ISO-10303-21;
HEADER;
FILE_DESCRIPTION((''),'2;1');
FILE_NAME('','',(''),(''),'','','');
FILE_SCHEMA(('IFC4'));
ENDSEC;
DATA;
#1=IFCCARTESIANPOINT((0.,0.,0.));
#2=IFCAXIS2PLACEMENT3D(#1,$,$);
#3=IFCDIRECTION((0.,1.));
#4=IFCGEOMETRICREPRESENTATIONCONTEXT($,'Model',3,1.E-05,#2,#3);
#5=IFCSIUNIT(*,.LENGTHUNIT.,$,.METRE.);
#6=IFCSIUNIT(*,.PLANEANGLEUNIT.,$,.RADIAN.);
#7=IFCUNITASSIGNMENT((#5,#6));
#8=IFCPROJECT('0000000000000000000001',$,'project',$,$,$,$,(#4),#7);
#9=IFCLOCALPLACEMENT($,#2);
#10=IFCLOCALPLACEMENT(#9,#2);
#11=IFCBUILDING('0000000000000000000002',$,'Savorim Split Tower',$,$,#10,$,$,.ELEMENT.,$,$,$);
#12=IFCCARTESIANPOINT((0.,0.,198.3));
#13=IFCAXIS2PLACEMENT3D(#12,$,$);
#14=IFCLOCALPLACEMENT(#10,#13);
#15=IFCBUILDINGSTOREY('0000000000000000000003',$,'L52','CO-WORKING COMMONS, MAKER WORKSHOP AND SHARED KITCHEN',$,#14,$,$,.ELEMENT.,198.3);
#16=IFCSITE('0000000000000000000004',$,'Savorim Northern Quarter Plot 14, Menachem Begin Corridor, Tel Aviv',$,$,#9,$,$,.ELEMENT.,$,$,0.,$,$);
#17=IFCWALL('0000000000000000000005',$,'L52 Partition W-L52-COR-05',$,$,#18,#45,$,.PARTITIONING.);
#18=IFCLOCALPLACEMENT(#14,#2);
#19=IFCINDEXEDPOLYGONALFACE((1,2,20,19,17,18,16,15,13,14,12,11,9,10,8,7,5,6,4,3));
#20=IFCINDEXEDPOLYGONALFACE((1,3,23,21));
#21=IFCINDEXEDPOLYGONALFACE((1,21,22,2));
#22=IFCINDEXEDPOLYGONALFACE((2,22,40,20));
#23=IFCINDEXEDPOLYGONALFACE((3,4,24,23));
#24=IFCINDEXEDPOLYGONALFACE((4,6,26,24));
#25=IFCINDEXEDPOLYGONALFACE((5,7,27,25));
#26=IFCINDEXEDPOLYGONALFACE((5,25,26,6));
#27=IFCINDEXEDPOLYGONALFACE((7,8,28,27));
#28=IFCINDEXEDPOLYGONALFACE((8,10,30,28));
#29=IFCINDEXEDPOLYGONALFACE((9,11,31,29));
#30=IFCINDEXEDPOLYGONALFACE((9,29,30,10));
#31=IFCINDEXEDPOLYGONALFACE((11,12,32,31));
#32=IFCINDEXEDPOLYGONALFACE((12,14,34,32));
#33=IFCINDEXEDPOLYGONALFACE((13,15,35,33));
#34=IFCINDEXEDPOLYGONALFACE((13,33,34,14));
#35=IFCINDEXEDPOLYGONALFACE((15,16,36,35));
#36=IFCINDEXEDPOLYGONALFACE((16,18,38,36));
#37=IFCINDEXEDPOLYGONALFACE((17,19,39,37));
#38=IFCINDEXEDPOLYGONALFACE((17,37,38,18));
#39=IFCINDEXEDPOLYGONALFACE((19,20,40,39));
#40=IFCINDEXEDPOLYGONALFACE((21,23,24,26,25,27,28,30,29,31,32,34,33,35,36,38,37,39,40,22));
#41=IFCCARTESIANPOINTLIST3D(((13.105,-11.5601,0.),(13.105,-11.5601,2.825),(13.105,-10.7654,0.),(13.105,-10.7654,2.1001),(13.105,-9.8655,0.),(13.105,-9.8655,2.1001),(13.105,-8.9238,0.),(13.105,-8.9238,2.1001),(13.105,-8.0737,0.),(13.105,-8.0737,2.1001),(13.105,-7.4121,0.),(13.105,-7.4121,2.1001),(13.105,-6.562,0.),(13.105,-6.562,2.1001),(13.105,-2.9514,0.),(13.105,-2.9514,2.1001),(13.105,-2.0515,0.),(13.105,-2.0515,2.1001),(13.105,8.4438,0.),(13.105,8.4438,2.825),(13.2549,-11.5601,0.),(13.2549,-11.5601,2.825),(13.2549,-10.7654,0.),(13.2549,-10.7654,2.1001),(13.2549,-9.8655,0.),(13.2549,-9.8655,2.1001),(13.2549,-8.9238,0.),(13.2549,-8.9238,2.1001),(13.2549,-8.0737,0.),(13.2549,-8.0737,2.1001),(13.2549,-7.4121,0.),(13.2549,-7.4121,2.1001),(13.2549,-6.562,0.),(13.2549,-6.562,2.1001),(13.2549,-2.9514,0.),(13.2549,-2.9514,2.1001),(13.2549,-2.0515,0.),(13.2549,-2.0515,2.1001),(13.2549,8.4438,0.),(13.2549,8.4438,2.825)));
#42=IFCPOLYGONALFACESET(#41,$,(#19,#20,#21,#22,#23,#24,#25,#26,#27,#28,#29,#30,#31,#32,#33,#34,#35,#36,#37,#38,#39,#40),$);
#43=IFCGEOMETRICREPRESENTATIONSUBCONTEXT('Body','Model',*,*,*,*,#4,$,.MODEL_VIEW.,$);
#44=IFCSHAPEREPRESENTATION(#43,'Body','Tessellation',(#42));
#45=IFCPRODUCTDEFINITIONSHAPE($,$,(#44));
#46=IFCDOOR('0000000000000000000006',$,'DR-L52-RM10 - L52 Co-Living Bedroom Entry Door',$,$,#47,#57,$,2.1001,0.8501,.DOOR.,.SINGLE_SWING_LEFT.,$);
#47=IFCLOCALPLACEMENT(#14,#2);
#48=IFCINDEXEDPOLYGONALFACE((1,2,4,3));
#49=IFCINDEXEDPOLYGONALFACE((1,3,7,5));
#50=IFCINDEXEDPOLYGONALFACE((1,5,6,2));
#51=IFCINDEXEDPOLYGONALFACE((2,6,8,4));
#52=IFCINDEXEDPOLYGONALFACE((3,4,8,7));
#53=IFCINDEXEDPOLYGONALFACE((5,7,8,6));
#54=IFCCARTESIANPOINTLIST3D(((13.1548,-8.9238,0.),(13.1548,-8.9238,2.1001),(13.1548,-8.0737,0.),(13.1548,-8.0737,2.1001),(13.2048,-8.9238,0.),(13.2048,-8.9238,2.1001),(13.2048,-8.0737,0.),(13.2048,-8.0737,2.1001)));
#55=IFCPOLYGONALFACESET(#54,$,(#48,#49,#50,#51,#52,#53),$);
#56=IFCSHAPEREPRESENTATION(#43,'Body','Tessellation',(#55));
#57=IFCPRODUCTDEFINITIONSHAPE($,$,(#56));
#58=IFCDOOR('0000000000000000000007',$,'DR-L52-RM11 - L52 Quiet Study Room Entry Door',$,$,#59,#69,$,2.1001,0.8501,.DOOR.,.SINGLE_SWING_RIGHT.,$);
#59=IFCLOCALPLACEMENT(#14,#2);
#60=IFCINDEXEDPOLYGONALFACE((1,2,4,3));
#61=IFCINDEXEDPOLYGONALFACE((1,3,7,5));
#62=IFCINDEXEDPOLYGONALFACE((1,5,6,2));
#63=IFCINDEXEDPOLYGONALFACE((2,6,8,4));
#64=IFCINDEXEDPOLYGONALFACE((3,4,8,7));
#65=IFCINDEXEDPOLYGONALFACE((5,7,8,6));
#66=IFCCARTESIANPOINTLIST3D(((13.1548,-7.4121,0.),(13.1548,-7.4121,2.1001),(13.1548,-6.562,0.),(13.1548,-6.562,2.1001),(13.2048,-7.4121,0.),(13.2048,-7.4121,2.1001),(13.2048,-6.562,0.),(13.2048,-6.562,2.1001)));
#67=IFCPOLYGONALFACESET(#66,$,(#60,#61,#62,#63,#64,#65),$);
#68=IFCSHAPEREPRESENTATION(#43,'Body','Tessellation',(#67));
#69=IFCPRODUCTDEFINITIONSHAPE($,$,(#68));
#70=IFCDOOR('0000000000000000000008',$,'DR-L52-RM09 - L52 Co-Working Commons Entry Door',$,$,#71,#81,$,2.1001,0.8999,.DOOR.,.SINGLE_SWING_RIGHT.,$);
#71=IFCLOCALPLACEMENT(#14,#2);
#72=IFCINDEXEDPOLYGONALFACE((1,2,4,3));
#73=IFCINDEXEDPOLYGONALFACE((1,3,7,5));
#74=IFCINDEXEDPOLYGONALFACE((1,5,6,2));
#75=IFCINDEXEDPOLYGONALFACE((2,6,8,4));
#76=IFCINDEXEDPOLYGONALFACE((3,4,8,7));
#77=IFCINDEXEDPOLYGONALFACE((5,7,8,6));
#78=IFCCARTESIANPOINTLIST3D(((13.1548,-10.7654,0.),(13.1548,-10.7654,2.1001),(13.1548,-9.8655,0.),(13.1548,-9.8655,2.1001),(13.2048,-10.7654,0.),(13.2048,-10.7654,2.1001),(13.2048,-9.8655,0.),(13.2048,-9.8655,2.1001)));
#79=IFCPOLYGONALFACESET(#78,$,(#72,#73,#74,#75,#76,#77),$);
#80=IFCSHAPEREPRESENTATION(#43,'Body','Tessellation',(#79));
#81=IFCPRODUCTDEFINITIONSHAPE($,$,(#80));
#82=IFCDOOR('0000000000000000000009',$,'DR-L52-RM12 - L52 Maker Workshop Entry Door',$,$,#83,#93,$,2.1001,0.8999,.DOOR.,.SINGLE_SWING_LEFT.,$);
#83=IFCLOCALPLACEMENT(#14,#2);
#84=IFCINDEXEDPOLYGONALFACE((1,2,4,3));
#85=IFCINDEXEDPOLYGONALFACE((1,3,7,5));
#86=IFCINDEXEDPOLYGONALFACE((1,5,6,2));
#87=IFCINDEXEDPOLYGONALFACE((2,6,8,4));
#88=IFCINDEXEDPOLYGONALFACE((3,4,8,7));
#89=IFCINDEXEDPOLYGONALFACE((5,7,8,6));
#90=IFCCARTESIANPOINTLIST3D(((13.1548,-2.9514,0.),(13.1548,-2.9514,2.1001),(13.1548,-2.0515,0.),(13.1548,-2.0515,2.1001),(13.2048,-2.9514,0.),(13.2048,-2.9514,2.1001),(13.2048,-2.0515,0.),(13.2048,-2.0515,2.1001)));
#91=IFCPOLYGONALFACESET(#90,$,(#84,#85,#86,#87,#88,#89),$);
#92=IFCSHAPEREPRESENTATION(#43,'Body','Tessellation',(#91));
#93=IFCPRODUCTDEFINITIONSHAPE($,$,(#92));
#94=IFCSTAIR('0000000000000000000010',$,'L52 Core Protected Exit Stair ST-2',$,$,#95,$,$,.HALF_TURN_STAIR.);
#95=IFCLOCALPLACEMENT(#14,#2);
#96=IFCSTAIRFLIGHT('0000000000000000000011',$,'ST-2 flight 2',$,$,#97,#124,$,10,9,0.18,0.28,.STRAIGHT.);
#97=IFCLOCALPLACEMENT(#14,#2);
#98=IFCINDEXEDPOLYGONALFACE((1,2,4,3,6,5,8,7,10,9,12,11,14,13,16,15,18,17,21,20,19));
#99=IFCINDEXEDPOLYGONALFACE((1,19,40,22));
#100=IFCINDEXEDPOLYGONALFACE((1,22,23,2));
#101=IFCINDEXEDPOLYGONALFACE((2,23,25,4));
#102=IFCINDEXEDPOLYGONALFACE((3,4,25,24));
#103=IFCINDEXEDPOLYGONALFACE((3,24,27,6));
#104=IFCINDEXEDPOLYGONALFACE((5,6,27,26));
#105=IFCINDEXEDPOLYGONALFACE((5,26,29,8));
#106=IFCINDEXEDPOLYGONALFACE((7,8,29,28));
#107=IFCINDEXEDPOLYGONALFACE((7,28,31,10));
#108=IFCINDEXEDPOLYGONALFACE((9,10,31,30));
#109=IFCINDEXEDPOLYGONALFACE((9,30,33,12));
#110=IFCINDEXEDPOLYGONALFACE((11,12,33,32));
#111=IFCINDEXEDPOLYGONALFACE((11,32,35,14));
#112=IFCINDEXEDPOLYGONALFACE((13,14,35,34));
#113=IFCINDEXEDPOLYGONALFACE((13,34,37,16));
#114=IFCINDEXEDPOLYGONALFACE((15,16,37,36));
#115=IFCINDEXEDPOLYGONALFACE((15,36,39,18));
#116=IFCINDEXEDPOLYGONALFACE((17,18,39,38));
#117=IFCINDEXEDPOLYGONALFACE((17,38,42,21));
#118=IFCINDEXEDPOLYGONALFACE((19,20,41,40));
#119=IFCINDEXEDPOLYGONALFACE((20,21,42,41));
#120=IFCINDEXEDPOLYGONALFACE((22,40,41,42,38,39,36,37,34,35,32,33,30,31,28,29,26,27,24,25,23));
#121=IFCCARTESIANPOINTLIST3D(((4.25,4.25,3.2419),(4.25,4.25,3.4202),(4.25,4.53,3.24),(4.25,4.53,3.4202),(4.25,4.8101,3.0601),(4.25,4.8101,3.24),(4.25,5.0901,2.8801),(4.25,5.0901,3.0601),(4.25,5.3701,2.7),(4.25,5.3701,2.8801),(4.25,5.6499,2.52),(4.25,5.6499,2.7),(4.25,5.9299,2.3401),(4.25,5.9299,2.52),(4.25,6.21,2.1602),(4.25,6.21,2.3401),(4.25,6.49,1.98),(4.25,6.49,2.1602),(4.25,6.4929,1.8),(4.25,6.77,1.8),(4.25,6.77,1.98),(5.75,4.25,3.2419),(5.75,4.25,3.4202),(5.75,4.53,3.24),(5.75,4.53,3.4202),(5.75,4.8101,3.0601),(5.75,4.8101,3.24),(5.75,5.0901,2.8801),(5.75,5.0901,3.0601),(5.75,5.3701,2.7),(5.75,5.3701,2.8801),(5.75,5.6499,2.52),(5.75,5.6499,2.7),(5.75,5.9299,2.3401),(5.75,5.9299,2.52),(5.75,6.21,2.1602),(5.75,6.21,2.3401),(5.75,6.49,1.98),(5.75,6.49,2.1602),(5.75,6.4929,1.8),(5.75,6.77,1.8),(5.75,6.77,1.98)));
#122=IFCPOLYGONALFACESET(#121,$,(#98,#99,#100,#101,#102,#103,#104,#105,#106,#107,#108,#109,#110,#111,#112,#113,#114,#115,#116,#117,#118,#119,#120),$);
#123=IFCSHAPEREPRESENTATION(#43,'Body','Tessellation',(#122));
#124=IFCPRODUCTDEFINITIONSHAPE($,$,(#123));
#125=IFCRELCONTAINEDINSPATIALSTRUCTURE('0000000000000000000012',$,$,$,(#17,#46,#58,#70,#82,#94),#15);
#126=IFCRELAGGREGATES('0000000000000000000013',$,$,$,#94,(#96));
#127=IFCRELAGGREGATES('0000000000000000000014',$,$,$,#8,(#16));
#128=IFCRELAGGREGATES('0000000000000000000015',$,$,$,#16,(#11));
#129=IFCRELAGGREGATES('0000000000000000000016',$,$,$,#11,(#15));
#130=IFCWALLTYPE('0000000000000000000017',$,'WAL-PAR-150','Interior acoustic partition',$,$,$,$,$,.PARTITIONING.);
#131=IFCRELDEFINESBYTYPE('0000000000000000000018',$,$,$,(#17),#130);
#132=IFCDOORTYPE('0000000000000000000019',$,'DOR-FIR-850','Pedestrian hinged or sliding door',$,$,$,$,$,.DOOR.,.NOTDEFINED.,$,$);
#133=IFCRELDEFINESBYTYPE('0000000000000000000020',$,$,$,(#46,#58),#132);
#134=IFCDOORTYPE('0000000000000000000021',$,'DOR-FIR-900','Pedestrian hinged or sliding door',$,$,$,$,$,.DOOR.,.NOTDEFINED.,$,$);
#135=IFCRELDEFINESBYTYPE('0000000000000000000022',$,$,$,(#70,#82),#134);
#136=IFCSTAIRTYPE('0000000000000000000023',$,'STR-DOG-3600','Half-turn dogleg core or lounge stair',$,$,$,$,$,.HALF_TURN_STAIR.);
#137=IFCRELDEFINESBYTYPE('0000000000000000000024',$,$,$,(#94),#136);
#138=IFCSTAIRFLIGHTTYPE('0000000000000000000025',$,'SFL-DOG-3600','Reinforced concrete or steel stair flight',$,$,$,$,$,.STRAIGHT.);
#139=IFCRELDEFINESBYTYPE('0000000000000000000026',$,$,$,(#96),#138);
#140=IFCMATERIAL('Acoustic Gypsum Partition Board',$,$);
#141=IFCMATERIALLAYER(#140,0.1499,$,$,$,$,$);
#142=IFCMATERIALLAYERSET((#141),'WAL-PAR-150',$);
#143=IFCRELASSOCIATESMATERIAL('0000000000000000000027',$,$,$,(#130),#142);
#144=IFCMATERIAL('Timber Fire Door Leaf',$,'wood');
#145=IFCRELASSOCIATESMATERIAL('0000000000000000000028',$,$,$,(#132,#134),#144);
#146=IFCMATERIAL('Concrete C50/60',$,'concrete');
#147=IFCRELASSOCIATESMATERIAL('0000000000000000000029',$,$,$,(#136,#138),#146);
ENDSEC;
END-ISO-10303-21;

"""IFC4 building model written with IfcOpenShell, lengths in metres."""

from ifc_helpers import new_model, si_unit, direction, frame, frame_2d, origin, place, context, subcontext, project, spatial, polyline, rectangle, outline, extrude, material, layer, layer_set, type_object, element, fill, aggregate, save


model = new_model("IFC4")

# Units and contexts
model_context = context("Model", 3, precision=1e-05, world=origin(), true_north=direction((0.0, 1.0)))
body_context = subcontext(model_context, "Body", "Model", "MODEL_VIEW")
ifc_project = project(units=[si_unit("LENGTHUNIT", "METRE"), si_unit("PLANEANGLEUNIT", "RADIAN")], contexts=[model_context])

# Site, building, storey
site_placement = place(None, origin())
site = spatial("IfcSite", under=ifc_project, at=site_placement, Name="Savorim Northern Quarter Plot 14, Menachem Begin Corridor, Tel Aviv", CompositionType="ELEMENT", RefElevation=0.0)
building_placement = place(site_placement, origin())
building = spatial("IfcBuilding", under=site, at=building_placement, Name="Savorim Split Tower", CompositionType="ELEMENT")
storey_placement = place(building_placement, frame((0.0, 0.0, 198.3)))
storey = spatial("IfcBuildingStorey", under=building, at=storey_placement, Name="L52", Description="CO-WORKING COMMONS, MAKER WORKSHOP AND SHARED KITCHEN", CompositionType="ELEMENT", Elevation=198.3)

# Shared definitions
ifc_material_1 = material(Name="Timber Fire Door Leaf", Category="wood")

# Shared definitions
ifc_material_2 = material(Name="Acoustic Gypsum Partition Board")
ifc_layer_1 = layer(ifc_material_2, 0.1499)
ifc_layer_set_1 = layer_set([ifc_layer_1], Name="WAL-PAR-150")
wall_type_1 = type_object("IfcWallType", Name="WAL-PAR-150", Description="Interior acoustic partition", PredefinedType="PARTITIONING", material=ifc_layer_set_1)

# Wall, openings, doors
wall_1_placement = place(storey_placement, frame((13.1799, 8.4438, 0.0), z_axis=(0.0, 0.0, 1.0), x_axis=(0.0, -1.0, 0.0)))
wall_1 = element("IfcWall", 1, at=wall_1_placement, inside=storey, type_object=wall_type_1, Name="L52 Partition W-L52-COR-05", PredefinedType="PARTITIONING", context=body_context, shape_type="SweptSolid", body=[
    extrude(rectangle(XDim=20.0039, YDim=0.1499, at=frame_2d((10.002, 0.0))), origin(), (0.0, 0.0, 1.0), 2.825),
])
opening_1_placement = place(wall_1_placement, frame((18.3093, 0.0, 0.0)))
opening_1 = element("IfcOpeningElement", 2, at=opening_1_placement, cuts=wall_1, PredefinedType="OPENING", context=body_context, shape_type="SweptSolid", body=[
    extrude(rectangle(XDim=0.8999, YDim=2.1001, at=frame_2d((0.45, 1.05))), frame((0.0, 0.085, 0.0), z_axis=(0.0, -1.0, 0.0), x_axis=(1.0, 0.0, 0.0)), (0.0, 0.0, 1.0), 0.1699),
])
opening_2_placement = place(wall_1_placement, frame((16.5176, 0.0, 0.0)))
opening_2 = element("IfcOpeningElement", 3, at=opening_2_placement, cuts=wall_1, PredefinedType="OPENING", context=body_context, shape_type="SweptSolid", body=[
    extrude(rectangle(XDim=0.8501, YDim=2.1001, at=frame_2d((0.425, 1.05))), frame((0.0, 0.085, 0.0), z_axis=(0.0, -1.0, 0.0), x_axis=(1.0, 0.0, 0.0)), (0.0, 0.0, 1.0), 0.1699),
])
opening_3_placement = place(wall_1_placement, frame((15.0059, 0.0, 0.0)))
opening_3 = element("IfcOpeningElement", 4, at=opening_3_placement, cuts=wall_1, PredefinedType="OPENING", context=body_context, shape_type="SweptSolid", body=[
    extrude(rectangle(XDim=0.8501, YDim=2.1001, at=frame_2d((0.425, 1.05))), frame((0.0, 0.085, 0.0), z_axis=(0.0, -1.0, 0.0), x_axis=(1.0, 0.0, 0.0)), (0.0, 0.0, 1.0), 0.1699),
])
opening_4_placement = place(wall_1_placement, frame((10.4954, 0.0, 0.0)))
opening_4 = element("IfcOpeningElement", 5, at=opening_4_placement, cuts=wall_1, PredefinedType="OPENING", context=body_context, shape_type="SweptSolid", body=[
    extrude(rectangle(XDim=0.8999, YDim=2.1001, at=frame_2d((0.45, 1.05))), frame((0.0, 0.085, 0.0), z_axis=(0.0, -1.0, 0.0), x_axis=(1.0, 0.0, 0.0)), (0.0, 0.0, 1.0), 0.1699),
])
door_type_1 = type_object("IfcDoorType", Name="DOR-FIR-850", Description="Pedestrian hinged or sliding door", OperationType="NOTDEFINED", PredefinedType="DOOR", material=ifc_material_1)
door_1_placement = place(opening_2_placement, origin())
door_1 = element("IfcDoor", 6, at=door_1_placement, inside=storey, type_object=door_type_1, Name="DR-L52-RM10 - L52 Co-Living Bedroom Entry Door", OperationType="SINGLE_SWING_LEFT", OverallHeight=2.1001, OverallWidth=0.8501, PredefinedType="DOOR", context=body_context, shape_type="SweptSolid", body=[
    extrude(rectangle(XDim=0.8501, YDim=2.1001, at=frame_2d((0.425, 1.05))), frame((0.0, 0.0249, 0.0), z_axis=(0.0, -1.0, 0.0), x_axis=(1.0, 0.0, 0.0)), (0.0, 0.0, 1.0), 0.05),
])
fill(opening_2, door_1)
door_2_placement = place(opening_3_placement, origin())
door_2 = element("IfcDoor", 7, at=door_2_placement, inside=storey, type_object=door_type_1, Name="DR-L52-RM11 - L52 Quiet Study Room Entry Door", OperationType="SINGLE_SWING_RIGHT", OverallHeight=2.1001, OverallWidth=0.8501, PredefinedType="DOOR", context=body_context, shape_type="SweptSolid", body=[
    extrude(rectangle(XDim=0.8501, YDim=2.1001, at=frame_2d((0.425, 1.05))), frame((0.0, 0.0249, 0.0), z_axis=(0.0, -1.0, 0.0), x_axis=(1.0, 0.0, 0.0)), (0.0, 0.0, 1.0), 0.05),
])
fill(opening_3, door_2)
door_type_2 = type_object("IfcDoorType", Name="DOR-FIR-900", Description="Pedestrian hinged or sliding door", OperationType="NOTDEFINED", PredefinedType="DOOR", material=ifc_material_1)
door_3_placement = place(opening_1_placement, origin())
door_3 = element("IfcDoor", 8, at=door_3_placement, inside=storey, type_object=door_type_2, Name="DR-L52-RM09 - L52 Co-Working Commons Entry Door", OperationType="SINGLE_SWING_RIGHT", OverallHeight=2.1001, OverallWidth=0.8999, PredefinedType="DOOR", context=body_context, shape_type="SweptSolid", body=[
    extrude(rectangle(XDim=0.8999, YDim=2.1001, at=frame_2d((0.45, 1.05))), frame((0.0, 0.0249, 0.0), z_axis=(0.0, -1.0, 0.0), x_axis=(1.0, 0.0, 0.0)), (0.0, 0.0, 1.0), 0.05),
])
fill(opening_1, door_3)
door_4_placement = place(opening_4_placement, origin())
door_4 = element("IfcDoor", 9, at=door_4_placement, inside=storey, type_object=door_type_2, Name="DR-L52-RM12 - L52 Maker Workshop Entry Door", OperationType="SINGLE_SWING_LEFT", OverallHeight=2.1001, OverallWidth=0.8999, PredefinedType="DOOR", context=body_context, shape_type="SweptSolid", body=[
    extrude(rectangle(XDim=0.8999, YDim=2.1001, at=frame_2d((0.45, 1.05))), frame((0.0, 0.0249, 0.0), z_axis=(0.0, -1.0, 0.0), x_axis=(1.0, 0.0, 0.0)), (0.0, 0.0, 1.0), 0.05),
])
fill(opening_4, door_4)

# Stair, stair flight
ifc_material_3 = material(Name="Concrete C50/60", Category="concrete")
stair_type = type_object("IfcStairType", Name="STR-DOG-3600", Description="Half-turn dogleg core or lounge stair", PredefinedType="HALF_TURN_STAIR", material=ifc_material_3)
stair_placement = place(storey_placement, origin())
stair = element("IfcStair", 10, at=stair_placement, inside=storey, type_object=stair_type, Name="L52 Core Protected Exit Stair ST-2", PredefinedType="HALF_TURN_STAIR")
stair_flight_type = type_object("IfcStairFlightType", Name="SFL-DOG-3600", Description="Reinforced concrete or steel stair flight", PredefinedType="STRAIGHT", material=ifc_material_3)
stair_flight_placement = place(storey_placement, frame((5.0, 6.77, 1.8), z_axis=(0.0, 0.0, 1.0), x_axis=(0.0, -1.0, 0.0)))
stair_flight = element("IfcStairFlight", 11, at=stair_flight_placement, type_object=stair_flight_type, Name="ST-2 flight 2", NumberOfRisers=10, NumberOfTreads=9, PredefinedType="STRAIGHT", RiserHeight=0.18, TreadLength=0.28, context=body_context, shape_type="SweptSolid", body=[
    extrude(outline(polyline([(0.0, 0.0), (0.0, 0.1799), (0.28, 0.1799), (0.28, 0.3601), (0.5601, 0.3601), (0.5601, 0.54), (0.8401, 0.54), (0.8401, 0.72), (1.1201, 0.72), (1.1201, 0.8999), (1.3999, 0.8999), (1.3999, 1.0801), (1.6799, 1.0801), (1.6799, 1.26), (1.96, 1.26), (1.96, 1.4399), (2.24, 1.4399), (2.24, 1.6201), (2.52, 1.6201), (2.52, 1.8), (2.52, 1.4419), (0.2771, 0.0), (0.0, 0.0)])), frame((0.0, 0.75, 0.0), z_axis=(0.0, -1.0, 0.0), x_axis=(1.0, 0.0, 0.0)), (0.0, 0.0, 1.0), 1.5),
])
aggregate(stair, [stair_flight])

save(model, "model.ifc")
